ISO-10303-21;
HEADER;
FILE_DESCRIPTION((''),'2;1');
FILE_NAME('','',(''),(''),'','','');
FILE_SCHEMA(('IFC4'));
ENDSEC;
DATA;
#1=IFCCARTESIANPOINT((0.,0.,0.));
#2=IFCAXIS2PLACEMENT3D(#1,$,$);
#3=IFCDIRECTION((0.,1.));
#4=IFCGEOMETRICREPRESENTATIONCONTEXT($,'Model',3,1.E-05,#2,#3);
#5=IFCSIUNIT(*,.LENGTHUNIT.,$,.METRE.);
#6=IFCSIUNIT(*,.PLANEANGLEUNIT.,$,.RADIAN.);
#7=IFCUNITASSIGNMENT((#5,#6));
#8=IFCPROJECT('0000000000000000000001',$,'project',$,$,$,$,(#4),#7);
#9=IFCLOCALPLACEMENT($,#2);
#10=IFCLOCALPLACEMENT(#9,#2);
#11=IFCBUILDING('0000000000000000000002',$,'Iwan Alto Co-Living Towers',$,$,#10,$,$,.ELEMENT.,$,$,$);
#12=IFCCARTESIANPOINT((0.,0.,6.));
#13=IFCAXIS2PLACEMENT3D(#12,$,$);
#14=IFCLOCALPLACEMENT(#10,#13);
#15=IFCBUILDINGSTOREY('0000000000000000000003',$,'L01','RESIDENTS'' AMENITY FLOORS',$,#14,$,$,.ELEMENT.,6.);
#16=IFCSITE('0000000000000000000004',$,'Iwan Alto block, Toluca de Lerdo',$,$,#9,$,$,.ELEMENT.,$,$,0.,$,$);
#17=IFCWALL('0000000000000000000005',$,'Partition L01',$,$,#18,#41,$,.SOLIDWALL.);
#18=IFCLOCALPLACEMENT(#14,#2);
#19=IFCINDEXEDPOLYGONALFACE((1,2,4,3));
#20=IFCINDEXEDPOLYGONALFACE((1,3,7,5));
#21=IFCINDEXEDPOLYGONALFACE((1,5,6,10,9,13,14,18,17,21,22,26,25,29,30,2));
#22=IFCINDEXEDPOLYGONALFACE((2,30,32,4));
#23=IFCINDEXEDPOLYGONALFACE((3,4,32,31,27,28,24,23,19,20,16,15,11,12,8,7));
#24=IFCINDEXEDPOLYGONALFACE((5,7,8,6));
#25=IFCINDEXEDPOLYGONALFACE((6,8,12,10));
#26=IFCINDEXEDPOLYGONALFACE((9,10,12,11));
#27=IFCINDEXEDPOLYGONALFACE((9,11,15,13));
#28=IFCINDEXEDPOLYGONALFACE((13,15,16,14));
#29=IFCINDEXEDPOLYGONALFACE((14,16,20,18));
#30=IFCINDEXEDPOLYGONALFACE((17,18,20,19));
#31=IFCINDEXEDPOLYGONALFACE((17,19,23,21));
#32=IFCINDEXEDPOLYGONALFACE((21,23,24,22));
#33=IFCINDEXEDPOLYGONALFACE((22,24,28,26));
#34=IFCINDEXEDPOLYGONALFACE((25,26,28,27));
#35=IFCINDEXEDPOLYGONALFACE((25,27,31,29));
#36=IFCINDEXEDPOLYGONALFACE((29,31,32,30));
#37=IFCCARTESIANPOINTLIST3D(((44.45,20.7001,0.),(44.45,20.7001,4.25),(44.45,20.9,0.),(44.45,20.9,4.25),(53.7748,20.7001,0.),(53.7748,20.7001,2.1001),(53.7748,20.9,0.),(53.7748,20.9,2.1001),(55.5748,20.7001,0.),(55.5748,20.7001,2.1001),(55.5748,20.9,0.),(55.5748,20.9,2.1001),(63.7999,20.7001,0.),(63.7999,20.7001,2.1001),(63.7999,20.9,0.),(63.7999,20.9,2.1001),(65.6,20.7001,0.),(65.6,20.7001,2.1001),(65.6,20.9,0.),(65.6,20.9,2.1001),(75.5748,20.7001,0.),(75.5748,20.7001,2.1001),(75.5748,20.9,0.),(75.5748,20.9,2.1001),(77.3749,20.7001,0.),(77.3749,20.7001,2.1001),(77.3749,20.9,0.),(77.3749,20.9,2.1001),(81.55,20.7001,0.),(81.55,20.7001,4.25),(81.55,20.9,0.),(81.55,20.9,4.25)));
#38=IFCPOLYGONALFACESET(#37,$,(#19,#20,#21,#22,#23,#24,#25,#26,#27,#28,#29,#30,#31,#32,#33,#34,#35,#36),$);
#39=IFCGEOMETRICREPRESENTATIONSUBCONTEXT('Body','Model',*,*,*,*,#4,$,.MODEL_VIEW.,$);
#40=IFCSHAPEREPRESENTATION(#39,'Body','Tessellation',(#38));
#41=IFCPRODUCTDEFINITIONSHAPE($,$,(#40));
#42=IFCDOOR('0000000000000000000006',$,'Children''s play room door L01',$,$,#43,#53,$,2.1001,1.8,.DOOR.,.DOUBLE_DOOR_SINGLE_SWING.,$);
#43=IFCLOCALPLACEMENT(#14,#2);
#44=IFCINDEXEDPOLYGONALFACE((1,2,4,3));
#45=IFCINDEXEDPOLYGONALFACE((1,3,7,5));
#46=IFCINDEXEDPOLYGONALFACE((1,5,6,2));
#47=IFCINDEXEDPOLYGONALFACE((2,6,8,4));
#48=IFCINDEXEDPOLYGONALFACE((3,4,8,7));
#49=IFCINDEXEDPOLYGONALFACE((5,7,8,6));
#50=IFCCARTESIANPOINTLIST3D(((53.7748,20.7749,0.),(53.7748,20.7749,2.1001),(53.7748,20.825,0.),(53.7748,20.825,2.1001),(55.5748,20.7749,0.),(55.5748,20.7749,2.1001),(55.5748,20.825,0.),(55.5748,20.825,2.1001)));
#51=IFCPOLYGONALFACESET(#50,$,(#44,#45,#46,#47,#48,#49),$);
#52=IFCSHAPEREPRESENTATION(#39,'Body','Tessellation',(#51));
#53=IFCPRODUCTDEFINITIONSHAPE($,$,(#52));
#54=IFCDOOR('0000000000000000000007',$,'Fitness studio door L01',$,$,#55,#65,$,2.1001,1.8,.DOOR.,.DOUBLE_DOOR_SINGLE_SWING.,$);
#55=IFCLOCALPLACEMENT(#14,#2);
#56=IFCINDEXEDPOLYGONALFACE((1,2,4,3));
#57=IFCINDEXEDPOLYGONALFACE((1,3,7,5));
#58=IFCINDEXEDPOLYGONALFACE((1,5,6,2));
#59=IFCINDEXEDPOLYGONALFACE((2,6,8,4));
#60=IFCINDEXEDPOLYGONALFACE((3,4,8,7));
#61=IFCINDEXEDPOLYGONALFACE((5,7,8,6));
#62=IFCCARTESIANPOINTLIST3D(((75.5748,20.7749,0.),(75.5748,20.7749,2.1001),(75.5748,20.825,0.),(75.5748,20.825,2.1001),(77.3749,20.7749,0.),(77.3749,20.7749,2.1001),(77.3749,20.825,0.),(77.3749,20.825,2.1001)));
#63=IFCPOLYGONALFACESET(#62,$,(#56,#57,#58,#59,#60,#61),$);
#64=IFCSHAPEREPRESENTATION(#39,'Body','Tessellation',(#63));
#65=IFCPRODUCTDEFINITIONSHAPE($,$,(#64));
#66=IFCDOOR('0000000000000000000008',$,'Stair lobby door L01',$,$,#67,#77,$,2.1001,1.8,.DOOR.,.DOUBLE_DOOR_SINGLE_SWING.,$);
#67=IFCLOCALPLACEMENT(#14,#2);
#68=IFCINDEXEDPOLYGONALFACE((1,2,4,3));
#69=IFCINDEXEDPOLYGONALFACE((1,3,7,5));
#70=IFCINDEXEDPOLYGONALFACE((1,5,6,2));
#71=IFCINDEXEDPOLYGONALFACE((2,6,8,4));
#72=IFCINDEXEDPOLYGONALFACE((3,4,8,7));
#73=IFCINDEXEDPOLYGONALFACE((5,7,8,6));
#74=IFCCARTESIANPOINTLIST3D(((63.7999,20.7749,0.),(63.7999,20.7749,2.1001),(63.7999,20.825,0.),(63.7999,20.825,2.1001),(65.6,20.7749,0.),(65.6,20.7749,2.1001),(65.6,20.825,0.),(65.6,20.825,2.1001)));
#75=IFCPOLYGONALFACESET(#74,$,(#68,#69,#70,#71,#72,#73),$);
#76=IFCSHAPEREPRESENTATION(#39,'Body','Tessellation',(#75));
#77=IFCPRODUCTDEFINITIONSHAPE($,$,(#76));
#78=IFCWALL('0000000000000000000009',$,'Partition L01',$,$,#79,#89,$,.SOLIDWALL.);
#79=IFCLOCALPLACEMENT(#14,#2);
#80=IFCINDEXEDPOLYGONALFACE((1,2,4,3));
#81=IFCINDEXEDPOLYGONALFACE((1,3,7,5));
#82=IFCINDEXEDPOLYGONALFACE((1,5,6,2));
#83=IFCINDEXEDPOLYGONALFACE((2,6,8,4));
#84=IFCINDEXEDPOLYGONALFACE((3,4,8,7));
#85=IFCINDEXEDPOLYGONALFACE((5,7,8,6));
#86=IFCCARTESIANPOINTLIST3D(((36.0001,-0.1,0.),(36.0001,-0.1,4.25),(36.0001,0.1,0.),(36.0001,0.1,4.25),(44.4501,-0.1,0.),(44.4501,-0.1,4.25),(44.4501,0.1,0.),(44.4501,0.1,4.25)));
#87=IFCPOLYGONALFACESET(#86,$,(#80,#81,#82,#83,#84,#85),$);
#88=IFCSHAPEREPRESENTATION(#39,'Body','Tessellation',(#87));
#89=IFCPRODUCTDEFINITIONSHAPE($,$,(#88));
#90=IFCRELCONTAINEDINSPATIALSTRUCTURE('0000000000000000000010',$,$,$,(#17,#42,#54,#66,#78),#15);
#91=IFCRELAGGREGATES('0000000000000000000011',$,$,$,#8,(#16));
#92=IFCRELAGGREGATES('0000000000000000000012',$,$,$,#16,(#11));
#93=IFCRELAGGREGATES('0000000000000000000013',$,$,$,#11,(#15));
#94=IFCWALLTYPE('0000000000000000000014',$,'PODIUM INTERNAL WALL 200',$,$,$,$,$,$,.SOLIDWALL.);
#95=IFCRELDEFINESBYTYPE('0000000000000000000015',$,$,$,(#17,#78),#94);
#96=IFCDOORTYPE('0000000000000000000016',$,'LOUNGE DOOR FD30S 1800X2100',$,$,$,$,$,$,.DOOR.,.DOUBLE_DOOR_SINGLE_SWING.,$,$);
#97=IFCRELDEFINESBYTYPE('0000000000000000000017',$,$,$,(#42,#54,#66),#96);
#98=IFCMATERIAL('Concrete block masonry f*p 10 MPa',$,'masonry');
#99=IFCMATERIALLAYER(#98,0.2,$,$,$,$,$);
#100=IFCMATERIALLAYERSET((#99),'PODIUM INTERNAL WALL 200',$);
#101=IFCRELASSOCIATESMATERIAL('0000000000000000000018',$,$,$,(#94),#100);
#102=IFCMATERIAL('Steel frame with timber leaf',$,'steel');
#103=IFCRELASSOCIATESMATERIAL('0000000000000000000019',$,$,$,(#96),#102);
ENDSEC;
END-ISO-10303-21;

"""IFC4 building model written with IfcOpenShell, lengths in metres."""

from ifc_helpers import new_model, si_unit, direction, frame, frame_2d, origin, place, context, subcontext, project, spatial, rectangle, extrude, material, layer, layer_set, type_object, element, fill, save


model = new_model("IFC4")

# Units and contexts
model_context = context("Model", 3, precision=1e-05, world=origin(), true_north=direction((0.0, 1.0)))
body_context = subcontext(model_context, "Body", "Model", "MODEL_VIEW")
ifc_project = project(units=[si_unit("LENGTHUNIT", "METRE"), si_unit("PLANEANGLEUNIT", "RADIAN")], contexts=[model_context])

# Site, building, storey
site_placement = place(None, origin())
site = spatial("IfcSite", under=ifc_project, at=site_placement, Name="Iwan Alto block, Toluca de Lerdo", CompositionType="ELEMENT", RefElevation=0.0)
building_placement = place(site_placement, origin())
building = spatial("IfcBuilding", under=site, at=building_placement, Name="Iwan Alto Co-Living Towers", CompositionType="ELEMENT")
storey_placement = place(building_placement, frame((0.0, 0.0, 6.0)))
storey = spatial("IfcBuildingStorey", under=building, at=storey_placement, Name="L01", Description="RESIDENTS' AMENITY FLOORS", CompositionType="ELEMENT", Elevation=6.0)

# Shared definitions
ifc_material_1 = material(Name="Concrete block masonry f*p 10 MPa", Category="masonry")
ifc_layer = layer(ifc_material_1, 0.2)
ifc_layer_set = layer_set([ifc_layer], Name="PODIUM INTERNAL WALL 200")
wall_type = type_object("IfcWallType", Name="PODIUM INTERNAL WALL 200", PredefinedType="SOLIDWALL", material=ifc_layer_set)

# Wall, openings, doors
wall_1_placement = place(storey_placement, frame((44.45, 20.8, 0.0), z_axis=(0.0, 0.0, 1.0), x_axis=(1.0, 0.0, 0.0)))
wall_1 = element("IfcWall", 1, at=wall_1_placement, inside=storey, type_object=wall_type, Name="Partition L01", PredefinedType="SOLIDWALL", context=body_context, shape_type="SweptSolid", body=[
    extrude(rectangle(XDim=37.1001, YDim=0.2, at=frame_2d((18.55, 0.0))), origin(), (0.0, 0.0, 1.0), 4.25),
])
opening_1_placement = place(wall_1_placement, frame((9.325, 0.0, 0.0)))
opening_1 = element("IfcOpeningElement", 2, at=opening_1_placement, cuts=wall_1, PredefinedType="OPENING", context=body_context, shape_type="SweptSolid", body=[
    extrude(rectangle(XDim=1.8, YDim=2.1001, at=frame_2d((0.8999, 1.05))), frame((0.0, 0.1099, 0.0), z_axis=(0.0, -1.0, 0.0), x_axis=(1.0, 0.0, 0.0)), (0.0, 0.0, 1.0), 0.22),
])
opening_2_placement = place(wall_1_placement, frame((31.125, 0.0, 0.0)))
opening_2 = element("IfcOpeningElement", 3, at=opening_2_placement, cuts=wall_1, PredefinedType="OPENING", context=body_context, shape_type="SweptSolid", body=[
    extrude(rectangle(XDim=1.8, YDim=2.1001, at=frame_2d((0.8999, 1.05))), frame((0.0, 0.1099, 0.0), z_axis=(0.0, -1.0, 0.0), x_axis=(1.0, 0.0, 0.0)), (0.0, 0.0, 1.0), 0.22),
])
opening_3_placement = place(wall_1_placement, frame((19.3501, 0.0, 0.0)))
opening_3 = element("IfcOpeningElement", 4, at=opening_3_placement, cuts=wall_1, PredefinedType="OPENING", context=body_context, shape_type="SweptSolid", body=[
    extrude(rectangle(XDim=1.8, YDim=2.1001, at=frame_2d((0.8999, 1.05))), frame((0.0, 0.1099, 0.0), z_axis=(0.0, -1.0, 0.0), x_axis=(1.0, 0.0, 0.0)), (0.0, 0.0, 1.0), 0.22),
])
ifc_material_2 = material(Name="Steel frame with timber leaf", Category="steel")
door_type = type_object("IfcDoorType", Name="LOUNGE DOOR FD30S 1800X2100", OperationType="DOUBLE_DOOR_SINGLE_SWING", PredefinedType="DOOR", material=ifc_material_2)
door_1_placement = place(opening_1_placement, origin())
door_1 = element("IfcDoor", 5, at=door_1_placement, inside=storey, type_object=door_type, Name="Children's play room door L01", OperationType="DOUBLE_DOOR_SINGLE_SWING", OverallHeight=2.1001, OverallWidth=1.8, PredefinedType="DOOR", context=body_context, shape_type="SweptSolid", body=[
    extrude(rectangle(XDim=1.8, YDim=2.1001, at=frame_2d((0.8999, 1.05))), frame((0.0, 0.0249, 0.0), z_axis=(0.0, -1.0, 0.0), x_axis=(1.0, 0.0, 0.0)), (0.0, 0.0, 1.0), 0.05),
])
fill(opening_1, door_1)
door_2_placement = place(opening_2_placement, origin())
door_2 = element("IfcDoor", 6, at=door_2_placement, inside=storey, type_object=door_type, Name="Fitness studio door L01", OperationType="DOUBLE_DOOR_SINGLE_SWING", OverallHeight=2.1001, OverallWidth=1.8, PredefinedType="DOOR", context=body_context, shape_type="SweptSolid", body=[
    extrude(rectangle(XDim=1.8, YDim=2.1001, at=frame_2d((0.8999, 1.05))), frame((0.0, 0.0249, 0.0), z_axis=(0.0, -1.0, 0.0), x_axis=(1.0, 0.0, 0.0)), (0.0, 0.0, 1.0), 0.05),
])
fill(opening_2, door_2)
door_3_placement = place(opening_3_placement, origin())
door_3 = element("IfcDoor", 7, at=door_3_placement, inside=storey, type_object=door_type, Name="Stair lobby door L01", OperationType="DOUBLE_DOOR_SINGLE_SWING", OverallHeight=2.1001, OverallWidth=1.8, PredefinedType="DOOR", context=body_context, shape_type="SweptSolid", body=[
    extrude(rectangle(XDim=1.8, YDim=2.1001, at=frame_2d((0.8999, 1.05))), frame((0.0, 0.0249, 0.0), z_axis=(0.0, -1.0, 0.0), x_axis=(1.0, 0.0, 0.0)), (0.0, 0.0, 1.0), 0.05),
])
fill(opening_3, door_3)

# Wall
wall_2_placement = place(storey_placement, frame((36.0, 0.0, 0.0), z_axis=(0.0, 0.0, 1.0), x_axis=(1.0, 0.0, 0.0)))
element("IfcWall", 8, at=wall_2_placement, inside=storey, type_object=wall_type, Name="Partition L01", PredefinedType="SOLIDWALL", context=body_context, shape_type="SweptSolid", body=[
    extrude(rectangle(XDim=8.45, YDim=0.2, at=frame_2d((4.2251, 0.0))), origin(), (0.0, 0.0, 1.0), 4.25),
])

save(model, "model.ifc")
